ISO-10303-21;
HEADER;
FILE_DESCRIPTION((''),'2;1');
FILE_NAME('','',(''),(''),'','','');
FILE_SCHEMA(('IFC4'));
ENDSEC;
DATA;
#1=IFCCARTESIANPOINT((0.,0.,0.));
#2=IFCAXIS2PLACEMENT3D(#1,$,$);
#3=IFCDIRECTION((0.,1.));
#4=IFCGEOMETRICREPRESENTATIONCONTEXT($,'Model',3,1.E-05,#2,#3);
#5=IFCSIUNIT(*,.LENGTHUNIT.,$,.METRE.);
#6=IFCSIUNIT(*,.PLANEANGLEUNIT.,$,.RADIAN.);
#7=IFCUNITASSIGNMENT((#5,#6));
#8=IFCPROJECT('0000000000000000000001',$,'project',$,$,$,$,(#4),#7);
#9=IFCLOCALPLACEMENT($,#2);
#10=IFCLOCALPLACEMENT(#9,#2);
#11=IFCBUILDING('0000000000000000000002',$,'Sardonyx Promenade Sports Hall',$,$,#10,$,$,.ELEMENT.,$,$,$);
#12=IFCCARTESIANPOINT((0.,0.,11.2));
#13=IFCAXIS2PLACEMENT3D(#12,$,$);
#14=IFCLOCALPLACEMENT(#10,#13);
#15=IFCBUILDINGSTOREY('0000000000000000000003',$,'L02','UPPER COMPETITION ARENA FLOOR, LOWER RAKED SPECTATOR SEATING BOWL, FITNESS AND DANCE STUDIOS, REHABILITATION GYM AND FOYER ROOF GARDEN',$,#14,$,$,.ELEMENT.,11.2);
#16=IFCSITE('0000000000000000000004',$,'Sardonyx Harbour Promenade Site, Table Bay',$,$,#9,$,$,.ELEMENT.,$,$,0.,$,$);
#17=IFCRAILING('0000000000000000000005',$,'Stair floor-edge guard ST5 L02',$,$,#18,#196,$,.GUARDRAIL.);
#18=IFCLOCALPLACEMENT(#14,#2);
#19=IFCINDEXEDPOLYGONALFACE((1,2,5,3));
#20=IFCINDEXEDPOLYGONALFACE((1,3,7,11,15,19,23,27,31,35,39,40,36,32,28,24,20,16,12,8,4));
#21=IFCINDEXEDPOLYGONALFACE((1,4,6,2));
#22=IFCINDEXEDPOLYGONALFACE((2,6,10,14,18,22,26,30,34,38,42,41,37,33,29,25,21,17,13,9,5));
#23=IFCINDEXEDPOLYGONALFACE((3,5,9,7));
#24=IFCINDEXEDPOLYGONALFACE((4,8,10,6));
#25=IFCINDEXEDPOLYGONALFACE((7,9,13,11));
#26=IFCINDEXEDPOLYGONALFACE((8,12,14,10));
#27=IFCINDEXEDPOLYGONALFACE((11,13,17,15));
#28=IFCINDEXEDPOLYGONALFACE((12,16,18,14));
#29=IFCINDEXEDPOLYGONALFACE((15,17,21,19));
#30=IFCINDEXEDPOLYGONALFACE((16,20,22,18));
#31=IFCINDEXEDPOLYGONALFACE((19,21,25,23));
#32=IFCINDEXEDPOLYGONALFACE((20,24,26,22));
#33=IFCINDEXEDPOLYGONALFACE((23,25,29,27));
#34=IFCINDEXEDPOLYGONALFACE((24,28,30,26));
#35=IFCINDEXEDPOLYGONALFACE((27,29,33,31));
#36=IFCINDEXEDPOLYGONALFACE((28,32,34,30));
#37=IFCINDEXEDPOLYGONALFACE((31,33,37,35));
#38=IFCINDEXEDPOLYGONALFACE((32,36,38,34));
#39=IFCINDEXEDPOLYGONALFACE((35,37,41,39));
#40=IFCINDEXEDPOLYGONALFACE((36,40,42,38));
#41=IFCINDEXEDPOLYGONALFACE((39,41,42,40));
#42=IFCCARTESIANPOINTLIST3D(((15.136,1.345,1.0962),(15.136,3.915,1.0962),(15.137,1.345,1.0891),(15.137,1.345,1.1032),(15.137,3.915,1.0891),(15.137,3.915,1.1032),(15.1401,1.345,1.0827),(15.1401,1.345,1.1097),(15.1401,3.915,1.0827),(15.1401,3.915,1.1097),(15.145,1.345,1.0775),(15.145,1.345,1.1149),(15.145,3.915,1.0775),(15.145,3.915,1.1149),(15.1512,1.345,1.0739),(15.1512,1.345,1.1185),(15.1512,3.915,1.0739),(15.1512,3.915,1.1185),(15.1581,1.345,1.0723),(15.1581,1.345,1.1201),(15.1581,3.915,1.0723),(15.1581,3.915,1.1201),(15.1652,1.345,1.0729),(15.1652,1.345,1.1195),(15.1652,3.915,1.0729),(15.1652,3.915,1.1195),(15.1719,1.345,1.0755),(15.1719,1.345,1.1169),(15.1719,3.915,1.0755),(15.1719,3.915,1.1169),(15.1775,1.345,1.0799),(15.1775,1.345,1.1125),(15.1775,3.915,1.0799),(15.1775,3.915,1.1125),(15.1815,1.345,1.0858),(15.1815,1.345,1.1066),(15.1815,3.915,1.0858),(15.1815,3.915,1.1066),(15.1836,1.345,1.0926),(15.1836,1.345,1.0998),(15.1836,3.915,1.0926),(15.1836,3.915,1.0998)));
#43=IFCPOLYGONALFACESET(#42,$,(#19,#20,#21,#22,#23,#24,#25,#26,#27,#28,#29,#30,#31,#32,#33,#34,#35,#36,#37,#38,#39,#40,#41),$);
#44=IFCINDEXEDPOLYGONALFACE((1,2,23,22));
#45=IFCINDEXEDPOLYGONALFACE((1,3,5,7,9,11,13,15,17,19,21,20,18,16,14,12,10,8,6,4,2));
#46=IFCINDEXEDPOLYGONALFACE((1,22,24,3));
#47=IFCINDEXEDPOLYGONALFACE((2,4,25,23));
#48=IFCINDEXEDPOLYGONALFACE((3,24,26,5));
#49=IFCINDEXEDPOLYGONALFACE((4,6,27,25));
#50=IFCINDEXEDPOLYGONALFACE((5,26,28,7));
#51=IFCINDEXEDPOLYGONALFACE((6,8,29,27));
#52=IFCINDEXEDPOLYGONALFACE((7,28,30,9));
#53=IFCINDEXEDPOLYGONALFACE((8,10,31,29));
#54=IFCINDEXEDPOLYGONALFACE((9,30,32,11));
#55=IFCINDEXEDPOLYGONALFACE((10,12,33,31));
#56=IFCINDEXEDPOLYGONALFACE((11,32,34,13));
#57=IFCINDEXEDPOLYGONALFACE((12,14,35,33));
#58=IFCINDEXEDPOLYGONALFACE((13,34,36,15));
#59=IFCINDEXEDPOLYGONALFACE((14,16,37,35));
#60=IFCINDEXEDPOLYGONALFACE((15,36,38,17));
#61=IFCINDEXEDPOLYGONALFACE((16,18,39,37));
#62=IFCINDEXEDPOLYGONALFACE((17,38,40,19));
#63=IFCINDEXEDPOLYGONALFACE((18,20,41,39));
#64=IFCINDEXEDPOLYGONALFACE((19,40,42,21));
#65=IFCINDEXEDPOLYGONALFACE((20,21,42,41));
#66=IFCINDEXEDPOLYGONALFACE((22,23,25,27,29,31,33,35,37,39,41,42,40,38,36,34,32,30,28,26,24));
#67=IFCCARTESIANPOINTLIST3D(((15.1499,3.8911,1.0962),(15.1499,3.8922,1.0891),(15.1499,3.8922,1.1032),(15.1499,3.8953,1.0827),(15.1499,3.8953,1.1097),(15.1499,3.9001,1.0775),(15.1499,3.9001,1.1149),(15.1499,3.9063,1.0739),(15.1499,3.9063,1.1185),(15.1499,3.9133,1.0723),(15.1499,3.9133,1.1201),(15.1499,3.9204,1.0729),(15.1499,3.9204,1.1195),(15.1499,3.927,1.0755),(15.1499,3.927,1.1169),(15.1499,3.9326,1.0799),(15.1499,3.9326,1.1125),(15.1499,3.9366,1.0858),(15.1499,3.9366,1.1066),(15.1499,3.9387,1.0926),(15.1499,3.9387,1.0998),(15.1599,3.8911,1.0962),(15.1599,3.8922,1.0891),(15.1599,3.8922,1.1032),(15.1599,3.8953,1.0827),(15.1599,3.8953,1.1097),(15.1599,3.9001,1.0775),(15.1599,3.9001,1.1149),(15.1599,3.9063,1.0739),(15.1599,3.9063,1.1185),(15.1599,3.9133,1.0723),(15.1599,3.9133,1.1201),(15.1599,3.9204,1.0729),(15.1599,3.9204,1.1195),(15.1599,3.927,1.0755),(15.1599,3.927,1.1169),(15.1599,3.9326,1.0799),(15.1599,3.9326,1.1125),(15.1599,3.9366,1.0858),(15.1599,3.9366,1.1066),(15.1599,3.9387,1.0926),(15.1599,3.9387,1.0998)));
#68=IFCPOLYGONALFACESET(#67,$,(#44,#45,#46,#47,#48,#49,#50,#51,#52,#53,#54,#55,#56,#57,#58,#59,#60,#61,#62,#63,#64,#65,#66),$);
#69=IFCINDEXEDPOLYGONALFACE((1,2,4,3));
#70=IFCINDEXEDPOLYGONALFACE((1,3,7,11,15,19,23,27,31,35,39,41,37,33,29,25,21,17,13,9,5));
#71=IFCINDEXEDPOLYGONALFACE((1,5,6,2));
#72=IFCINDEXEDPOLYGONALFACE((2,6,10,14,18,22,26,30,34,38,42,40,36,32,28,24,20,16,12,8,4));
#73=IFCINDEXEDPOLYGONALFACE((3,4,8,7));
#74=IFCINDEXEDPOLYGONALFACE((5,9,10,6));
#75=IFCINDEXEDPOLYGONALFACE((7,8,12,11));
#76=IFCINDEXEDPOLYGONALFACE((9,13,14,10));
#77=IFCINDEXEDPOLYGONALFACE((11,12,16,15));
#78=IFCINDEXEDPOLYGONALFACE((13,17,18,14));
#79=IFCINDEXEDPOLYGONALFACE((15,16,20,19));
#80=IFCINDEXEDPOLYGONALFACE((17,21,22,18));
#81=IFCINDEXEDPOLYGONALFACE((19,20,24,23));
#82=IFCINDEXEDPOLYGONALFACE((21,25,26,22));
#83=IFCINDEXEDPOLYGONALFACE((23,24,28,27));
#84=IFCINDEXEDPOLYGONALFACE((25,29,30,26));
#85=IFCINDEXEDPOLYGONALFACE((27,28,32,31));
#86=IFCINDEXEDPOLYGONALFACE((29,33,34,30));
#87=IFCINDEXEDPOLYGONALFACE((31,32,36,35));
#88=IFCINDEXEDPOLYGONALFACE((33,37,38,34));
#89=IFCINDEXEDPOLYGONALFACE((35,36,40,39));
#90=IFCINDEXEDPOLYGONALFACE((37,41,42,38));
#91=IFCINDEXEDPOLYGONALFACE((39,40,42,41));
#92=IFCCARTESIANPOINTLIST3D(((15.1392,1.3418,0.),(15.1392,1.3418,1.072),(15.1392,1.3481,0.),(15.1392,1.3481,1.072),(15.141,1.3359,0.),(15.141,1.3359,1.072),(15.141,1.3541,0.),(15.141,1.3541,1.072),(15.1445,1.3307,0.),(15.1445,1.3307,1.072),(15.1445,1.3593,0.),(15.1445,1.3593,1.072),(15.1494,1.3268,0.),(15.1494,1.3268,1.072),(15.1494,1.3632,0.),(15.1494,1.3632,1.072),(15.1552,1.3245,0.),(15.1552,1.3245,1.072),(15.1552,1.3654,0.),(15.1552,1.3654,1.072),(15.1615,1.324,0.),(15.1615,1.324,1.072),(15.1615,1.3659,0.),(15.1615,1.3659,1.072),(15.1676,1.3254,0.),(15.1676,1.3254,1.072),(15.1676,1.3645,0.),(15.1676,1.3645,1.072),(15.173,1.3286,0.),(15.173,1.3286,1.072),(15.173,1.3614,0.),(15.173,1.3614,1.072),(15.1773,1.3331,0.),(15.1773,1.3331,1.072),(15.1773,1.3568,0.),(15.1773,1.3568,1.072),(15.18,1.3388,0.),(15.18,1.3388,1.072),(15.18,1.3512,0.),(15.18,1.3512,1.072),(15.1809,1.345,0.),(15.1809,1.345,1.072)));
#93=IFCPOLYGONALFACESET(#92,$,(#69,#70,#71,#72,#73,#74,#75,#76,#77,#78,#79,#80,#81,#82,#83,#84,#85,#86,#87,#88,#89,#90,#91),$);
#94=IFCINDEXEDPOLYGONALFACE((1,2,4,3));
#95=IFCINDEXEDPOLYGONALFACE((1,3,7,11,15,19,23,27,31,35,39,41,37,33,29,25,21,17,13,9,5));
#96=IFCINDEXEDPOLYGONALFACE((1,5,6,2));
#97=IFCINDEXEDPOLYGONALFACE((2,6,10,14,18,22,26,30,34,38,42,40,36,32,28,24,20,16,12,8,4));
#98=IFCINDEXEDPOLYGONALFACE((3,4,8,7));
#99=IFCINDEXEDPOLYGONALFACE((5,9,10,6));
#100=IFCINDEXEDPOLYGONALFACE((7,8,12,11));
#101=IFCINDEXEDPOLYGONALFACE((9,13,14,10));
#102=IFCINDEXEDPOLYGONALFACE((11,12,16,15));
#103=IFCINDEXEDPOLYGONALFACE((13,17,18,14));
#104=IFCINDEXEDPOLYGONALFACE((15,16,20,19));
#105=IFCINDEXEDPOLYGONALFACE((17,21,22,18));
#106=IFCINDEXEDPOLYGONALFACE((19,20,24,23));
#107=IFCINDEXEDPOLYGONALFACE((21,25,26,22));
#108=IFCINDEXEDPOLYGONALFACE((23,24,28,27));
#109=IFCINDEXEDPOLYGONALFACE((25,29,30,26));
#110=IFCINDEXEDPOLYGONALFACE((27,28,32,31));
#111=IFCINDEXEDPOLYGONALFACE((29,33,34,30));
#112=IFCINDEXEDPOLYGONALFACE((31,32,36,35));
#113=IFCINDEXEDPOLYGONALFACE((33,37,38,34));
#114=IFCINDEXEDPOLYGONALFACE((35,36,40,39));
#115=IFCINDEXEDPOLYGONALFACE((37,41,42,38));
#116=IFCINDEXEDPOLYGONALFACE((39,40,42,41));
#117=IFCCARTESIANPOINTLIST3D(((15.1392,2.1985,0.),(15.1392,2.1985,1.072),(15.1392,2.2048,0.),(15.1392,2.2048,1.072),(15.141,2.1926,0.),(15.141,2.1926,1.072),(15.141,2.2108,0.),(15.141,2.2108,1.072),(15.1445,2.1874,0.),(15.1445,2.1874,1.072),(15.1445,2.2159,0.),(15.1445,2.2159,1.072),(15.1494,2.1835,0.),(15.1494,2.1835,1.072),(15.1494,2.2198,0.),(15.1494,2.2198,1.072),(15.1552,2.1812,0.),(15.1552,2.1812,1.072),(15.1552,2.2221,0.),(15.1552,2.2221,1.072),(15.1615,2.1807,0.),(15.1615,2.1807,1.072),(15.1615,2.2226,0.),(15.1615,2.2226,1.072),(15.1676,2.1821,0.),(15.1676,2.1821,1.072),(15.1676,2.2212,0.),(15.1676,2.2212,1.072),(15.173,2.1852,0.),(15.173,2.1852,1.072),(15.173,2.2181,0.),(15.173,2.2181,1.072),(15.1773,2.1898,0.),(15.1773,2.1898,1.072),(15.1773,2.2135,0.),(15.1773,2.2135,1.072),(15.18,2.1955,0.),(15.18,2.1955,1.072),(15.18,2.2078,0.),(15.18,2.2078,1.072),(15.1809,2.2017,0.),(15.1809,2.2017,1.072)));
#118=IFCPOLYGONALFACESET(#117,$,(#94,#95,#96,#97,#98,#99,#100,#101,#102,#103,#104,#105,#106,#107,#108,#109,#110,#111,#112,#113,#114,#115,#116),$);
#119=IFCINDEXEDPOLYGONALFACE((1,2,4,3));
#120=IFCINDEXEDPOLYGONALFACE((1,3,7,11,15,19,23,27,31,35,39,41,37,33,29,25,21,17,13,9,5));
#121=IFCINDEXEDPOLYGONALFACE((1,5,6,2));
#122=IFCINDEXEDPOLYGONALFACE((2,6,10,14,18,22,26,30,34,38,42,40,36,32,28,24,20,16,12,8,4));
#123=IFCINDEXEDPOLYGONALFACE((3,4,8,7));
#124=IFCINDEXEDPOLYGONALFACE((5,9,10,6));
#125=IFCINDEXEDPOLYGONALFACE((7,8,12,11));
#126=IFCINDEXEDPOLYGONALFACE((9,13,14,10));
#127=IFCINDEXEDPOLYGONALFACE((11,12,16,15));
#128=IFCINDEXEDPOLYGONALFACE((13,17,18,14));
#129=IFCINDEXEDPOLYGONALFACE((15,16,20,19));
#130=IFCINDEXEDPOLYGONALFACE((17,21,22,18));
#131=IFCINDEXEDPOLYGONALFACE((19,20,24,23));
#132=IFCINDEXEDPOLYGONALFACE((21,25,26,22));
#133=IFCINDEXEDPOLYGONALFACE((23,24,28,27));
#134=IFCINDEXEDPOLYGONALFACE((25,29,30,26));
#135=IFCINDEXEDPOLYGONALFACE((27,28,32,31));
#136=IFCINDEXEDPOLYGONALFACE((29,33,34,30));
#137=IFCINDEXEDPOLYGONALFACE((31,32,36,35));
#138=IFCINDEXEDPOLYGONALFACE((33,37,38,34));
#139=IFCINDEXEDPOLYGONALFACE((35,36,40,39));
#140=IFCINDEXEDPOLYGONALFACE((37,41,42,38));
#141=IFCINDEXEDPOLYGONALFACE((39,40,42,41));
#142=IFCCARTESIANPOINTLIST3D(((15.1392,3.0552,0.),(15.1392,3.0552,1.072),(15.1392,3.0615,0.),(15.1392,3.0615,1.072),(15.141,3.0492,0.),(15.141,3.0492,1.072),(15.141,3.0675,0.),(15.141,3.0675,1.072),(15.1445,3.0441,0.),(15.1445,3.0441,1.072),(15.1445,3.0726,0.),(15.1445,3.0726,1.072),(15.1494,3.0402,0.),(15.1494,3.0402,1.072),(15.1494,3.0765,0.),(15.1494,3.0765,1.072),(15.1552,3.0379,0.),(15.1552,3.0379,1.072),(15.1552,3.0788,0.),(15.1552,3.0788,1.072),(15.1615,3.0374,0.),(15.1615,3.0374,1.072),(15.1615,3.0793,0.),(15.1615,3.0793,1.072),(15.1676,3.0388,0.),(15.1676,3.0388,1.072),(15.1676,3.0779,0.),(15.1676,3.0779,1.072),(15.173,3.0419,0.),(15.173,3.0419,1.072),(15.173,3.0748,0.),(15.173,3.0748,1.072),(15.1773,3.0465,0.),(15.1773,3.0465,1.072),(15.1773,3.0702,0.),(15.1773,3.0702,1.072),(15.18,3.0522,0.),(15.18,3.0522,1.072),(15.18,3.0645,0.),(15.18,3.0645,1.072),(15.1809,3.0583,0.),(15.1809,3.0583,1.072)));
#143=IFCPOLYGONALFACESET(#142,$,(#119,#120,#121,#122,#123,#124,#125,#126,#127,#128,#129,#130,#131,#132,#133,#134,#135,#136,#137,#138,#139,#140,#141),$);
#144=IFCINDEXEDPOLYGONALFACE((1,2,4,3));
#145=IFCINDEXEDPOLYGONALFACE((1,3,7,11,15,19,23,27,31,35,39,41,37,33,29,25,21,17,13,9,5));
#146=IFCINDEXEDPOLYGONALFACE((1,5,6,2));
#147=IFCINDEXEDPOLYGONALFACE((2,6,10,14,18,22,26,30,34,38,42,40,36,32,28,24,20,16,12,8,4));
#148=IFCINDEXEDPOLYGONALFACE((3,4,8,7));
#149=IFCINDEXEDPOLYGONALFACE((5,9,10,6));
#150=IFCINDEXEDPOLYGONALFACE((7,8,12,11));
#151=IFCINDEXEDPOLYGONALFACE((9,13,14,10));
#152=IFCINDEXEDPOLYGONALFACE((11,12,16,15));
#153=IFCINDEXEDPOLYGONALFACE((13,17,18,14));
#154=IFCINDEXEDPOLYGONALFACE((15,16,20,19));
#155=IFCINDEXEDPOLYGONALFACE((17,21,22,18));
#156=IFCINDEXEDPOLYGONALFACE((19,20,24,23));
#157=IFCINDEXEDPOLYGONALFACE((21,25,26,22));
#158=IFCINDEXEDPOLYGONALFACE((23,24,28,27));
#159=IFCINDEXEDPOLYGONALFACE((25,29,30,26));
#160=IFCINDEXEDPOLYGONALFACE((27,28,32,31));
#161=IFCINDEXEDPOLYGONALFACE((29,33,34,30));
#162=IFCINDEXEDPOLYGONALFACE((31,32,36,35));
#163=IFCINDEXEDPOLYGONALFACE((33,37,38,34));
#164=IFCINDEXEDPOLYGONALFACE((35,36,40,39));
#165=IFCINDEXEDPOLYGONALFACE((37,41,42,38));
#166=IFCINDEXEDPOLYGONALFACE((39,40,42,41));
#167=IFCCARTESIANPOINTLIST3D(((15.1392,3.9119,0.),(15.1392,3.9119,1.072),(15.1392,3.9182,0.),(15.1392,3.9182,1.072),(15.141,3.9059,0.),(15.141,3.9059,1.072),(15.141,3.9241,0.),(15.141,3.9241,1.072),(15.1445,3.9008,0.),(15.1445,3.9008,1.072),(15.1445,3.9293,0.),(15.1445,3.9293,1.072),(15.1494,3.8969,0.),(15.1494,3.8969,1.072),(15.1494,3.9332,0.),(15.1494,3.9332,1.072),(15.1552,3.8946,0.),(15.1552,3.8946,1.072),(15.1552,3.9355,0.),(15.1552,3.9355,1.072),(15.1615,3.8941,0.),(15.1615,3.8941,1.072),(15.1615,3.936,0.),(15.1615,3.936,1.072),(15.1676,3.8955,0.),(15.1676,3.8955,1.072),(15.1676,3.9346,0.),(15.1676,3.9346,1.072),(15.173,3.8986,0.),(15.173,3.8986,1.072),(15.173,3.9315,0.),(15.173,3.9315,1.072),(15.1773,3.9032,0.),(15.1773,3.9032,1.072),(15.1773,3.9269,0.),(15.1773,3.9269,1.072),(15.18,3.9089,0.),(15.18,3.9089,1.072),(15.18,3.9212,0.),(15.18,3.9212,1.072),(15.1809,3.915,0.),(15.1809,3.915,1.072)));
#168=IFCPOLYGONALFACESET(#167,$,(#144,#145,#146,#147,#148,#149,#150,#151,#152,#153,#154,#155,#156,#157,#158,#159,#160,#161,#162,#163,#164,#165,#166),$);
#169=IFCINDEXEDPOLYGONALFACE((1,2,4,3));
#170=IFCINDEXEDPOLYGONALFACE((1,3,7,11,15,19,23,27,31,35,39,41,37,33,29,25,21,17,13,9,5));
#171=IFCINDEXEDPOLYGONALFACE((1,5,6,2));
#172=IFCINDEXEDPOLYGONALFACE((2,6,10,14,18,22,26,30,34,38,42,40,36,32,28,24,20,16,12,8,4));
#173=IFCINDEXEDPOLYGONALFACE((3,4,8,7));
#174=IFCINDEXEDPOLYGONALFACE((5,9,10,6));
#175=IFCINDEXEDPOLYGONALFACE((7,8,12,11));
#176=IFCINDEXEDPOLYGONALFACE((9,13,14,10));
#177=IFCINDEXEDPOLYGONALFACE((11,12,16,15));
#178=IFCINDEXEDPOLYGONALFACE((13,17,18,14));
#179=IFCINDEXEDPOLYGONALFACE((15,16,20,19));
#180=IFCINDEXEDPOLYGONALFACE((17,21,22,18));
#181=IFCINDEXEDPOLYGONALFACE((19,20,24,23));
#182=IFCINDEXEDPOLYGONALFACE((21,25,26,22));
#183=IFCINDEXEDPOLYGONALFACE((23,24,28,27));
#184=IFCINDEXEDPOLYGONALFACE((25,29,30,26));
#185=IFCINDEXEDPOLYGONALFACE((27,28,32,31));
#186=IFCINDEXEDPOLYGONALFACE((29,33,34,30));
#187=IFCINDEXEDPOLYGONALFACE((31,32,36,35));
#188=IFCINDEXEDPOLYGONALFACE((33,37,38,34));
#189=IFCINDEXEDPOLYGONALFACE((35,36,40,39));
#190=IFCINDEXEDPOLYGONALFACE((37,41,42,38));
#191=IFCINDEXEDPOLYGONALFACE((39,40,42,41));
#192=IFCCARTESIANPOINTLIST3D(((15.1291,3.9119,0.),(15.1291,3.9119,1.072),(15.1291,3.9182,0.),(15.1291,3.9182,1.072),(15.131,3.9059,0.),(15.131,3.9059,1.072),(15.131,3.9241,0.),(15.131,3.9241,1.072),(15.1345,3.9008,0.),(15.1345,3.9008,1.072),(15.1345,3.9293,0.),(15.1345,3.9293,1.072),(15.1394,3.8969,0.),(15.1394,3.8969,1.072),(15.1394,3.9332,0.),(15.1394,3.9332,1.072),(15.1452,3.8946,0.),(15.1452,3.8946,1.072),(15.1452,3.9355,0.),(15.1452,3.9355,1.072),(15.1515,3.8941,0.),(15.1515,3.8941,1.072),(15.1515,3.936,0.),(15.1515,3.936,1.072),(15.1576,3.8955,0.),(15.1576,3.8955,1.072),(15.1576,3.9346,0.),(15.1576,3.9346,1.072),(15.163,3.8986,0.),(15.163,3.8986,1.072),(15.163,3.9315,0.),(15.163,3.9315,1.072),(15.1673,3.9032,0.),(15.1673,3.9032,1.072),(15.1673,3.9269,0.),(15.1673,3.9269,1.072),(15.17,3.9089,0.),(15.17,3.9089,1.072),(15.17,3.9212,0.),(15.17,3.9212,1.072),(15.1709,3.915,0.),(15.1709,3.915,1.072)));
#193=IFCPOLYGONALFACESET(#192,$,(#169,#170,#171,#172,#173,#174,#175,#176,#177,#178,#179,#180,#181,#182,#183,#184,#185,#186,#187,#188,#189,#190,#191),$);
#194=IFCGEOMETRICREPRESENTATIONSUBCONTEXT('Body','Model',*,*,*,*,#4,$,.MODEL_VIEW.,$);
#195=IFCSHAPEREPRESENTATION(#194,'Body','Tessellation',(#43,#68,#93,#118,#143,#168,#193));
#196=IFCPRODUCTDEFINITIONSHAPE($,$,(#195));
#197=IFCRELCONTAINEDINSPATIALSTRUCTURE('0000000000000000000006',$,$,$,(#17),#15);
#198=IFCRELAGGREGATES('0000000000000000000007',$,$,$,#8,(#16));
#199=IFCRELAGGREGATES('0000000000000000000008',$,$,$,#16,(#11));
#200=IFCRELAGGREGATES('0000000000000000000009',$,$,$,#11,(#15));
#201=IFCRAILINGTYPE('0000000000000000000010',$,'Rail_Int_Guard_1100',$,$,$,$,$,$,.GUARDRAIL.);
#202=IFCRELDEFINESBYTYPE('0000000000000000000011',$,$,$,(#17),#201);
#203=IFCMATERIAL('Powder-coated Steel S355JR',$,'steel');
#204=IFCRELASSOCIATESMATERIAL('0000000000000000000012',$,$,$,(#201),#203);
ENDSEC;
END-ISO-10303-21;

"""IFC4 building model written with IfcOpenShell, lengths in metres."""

from ifc_helpers import new_model, si_unit, direction, frame, origin, origin_2d, place, context, subcontext, project, spatial, circle, extrude, material, type_object, element, save


model = new_model("IFC4")

# Units and contexts
model_context = context("Model", 3, precision=1e-05, world=origin(), true_north=direction((0.0, 1.0)))
body_context = subcontext(model_context, "Body", "Model", "MODEL_VIEW")
ifc_project = project(units=[si_unit("LENGTHUNIT", "METRE"), si_unit("PLANEANGLEUNIT", "RADIAN")], contexts=[model_context])

# Site, building, storey
site_placement = place(None, origin())
site = spatial("IfcSite", under=ifc_project, at=site_placement, Name="Sardonyx Harbour Promenade Site, Table Bay", CompositionType="ELEMENT", RefElevation=0.0)
building_placement = place(site_placement, origin())
building = spatial("IfcBuilding", under=site, at=building_placement, Name="Sardonyx Promenade Sports Hall", CompositionType="ELEMENT")
storey_placement = place(building_placement, frame((0.0, 0.0, 11.2)))
storey = spatial("IfcBuildingStorey", under=building, at=storey_placement, Name="L02", Description="UPPER COMPETITION ARENA FLOOR, LOWER RAKED SPECTATOR SEATING BOWL, FITNESS AND DANCE STUDIOS, REHABILITATION GYM AND FOYER ROOF GARDEN", CompositionType="ELEMENT", Elevation=11.2)

# Railing
ifc_material_1 = material(Name="Powder-coated Steel S355JR", Category="steel")
railing_type_1 = type_object("IfcRailingType", Name="Rail_Int_Guard_1100", PredefinedType="GUARDRAIL", material=ifc_material_1)
railing_1_placement = place(storey_placement, frame((15.1599, 1.345, 0.0)))
element("IfcRailing", 1, at=railing_1_placement, inside=storey, type_object=railing_type_1, Name="Stair floor-edge guard ST5 L02", PredefinedType="GUARDRAIL", context=body_context, shape_type="SweptSolid", body=[
    extrude(circle(Radius=0.0239, at=origin_2d()), frame((0.0, 0.0, 1.0962), z_axis=(0.0, 1.0, 0.0), x_axis=(-1.0, 0.0, 0.0)), (0.0, 0.0, 1.0), 2.5701),
    extrude(circle(Radius=0.0239, at=origin_2d()), frame((0.0, 2.5701, 1.0962), z_axis=(-1.0, 0.0, 0.0), x_axis=(0.0, -1.0, 0.0)), (0.0, 0.0, 1.0), 0.01),
    extrude(circle(Radius=0.021, at=origin_2d()), origin(), (0.0, 0.0, 1.0), 1.072),
    extrude(circle(Radius=0.021, at=origin_2d()), frame((0.0, 0.8567, 0.0)), (0.0, 0.0, 1.0), 1.072),
    extrude(circle(Radius=0.021, at=origin_2d()), frame((0.0, 1.7134, 0.0)), (0.0, 0.0, 1.0), 1.072),
    extrude(circle(Radius=0.021, at=origin_2d()), frame((0.0, 2.5701, 0.0)), (0.0, 0.0, 1.0), 1.072),
    extrude(circle(Radius=0.021, at=origin_2d()), frame((-0.01, 2.5701, 0.0)), (0.0, 0.0, 1.0), 1.072),
])

save(model, "model.ifc")
